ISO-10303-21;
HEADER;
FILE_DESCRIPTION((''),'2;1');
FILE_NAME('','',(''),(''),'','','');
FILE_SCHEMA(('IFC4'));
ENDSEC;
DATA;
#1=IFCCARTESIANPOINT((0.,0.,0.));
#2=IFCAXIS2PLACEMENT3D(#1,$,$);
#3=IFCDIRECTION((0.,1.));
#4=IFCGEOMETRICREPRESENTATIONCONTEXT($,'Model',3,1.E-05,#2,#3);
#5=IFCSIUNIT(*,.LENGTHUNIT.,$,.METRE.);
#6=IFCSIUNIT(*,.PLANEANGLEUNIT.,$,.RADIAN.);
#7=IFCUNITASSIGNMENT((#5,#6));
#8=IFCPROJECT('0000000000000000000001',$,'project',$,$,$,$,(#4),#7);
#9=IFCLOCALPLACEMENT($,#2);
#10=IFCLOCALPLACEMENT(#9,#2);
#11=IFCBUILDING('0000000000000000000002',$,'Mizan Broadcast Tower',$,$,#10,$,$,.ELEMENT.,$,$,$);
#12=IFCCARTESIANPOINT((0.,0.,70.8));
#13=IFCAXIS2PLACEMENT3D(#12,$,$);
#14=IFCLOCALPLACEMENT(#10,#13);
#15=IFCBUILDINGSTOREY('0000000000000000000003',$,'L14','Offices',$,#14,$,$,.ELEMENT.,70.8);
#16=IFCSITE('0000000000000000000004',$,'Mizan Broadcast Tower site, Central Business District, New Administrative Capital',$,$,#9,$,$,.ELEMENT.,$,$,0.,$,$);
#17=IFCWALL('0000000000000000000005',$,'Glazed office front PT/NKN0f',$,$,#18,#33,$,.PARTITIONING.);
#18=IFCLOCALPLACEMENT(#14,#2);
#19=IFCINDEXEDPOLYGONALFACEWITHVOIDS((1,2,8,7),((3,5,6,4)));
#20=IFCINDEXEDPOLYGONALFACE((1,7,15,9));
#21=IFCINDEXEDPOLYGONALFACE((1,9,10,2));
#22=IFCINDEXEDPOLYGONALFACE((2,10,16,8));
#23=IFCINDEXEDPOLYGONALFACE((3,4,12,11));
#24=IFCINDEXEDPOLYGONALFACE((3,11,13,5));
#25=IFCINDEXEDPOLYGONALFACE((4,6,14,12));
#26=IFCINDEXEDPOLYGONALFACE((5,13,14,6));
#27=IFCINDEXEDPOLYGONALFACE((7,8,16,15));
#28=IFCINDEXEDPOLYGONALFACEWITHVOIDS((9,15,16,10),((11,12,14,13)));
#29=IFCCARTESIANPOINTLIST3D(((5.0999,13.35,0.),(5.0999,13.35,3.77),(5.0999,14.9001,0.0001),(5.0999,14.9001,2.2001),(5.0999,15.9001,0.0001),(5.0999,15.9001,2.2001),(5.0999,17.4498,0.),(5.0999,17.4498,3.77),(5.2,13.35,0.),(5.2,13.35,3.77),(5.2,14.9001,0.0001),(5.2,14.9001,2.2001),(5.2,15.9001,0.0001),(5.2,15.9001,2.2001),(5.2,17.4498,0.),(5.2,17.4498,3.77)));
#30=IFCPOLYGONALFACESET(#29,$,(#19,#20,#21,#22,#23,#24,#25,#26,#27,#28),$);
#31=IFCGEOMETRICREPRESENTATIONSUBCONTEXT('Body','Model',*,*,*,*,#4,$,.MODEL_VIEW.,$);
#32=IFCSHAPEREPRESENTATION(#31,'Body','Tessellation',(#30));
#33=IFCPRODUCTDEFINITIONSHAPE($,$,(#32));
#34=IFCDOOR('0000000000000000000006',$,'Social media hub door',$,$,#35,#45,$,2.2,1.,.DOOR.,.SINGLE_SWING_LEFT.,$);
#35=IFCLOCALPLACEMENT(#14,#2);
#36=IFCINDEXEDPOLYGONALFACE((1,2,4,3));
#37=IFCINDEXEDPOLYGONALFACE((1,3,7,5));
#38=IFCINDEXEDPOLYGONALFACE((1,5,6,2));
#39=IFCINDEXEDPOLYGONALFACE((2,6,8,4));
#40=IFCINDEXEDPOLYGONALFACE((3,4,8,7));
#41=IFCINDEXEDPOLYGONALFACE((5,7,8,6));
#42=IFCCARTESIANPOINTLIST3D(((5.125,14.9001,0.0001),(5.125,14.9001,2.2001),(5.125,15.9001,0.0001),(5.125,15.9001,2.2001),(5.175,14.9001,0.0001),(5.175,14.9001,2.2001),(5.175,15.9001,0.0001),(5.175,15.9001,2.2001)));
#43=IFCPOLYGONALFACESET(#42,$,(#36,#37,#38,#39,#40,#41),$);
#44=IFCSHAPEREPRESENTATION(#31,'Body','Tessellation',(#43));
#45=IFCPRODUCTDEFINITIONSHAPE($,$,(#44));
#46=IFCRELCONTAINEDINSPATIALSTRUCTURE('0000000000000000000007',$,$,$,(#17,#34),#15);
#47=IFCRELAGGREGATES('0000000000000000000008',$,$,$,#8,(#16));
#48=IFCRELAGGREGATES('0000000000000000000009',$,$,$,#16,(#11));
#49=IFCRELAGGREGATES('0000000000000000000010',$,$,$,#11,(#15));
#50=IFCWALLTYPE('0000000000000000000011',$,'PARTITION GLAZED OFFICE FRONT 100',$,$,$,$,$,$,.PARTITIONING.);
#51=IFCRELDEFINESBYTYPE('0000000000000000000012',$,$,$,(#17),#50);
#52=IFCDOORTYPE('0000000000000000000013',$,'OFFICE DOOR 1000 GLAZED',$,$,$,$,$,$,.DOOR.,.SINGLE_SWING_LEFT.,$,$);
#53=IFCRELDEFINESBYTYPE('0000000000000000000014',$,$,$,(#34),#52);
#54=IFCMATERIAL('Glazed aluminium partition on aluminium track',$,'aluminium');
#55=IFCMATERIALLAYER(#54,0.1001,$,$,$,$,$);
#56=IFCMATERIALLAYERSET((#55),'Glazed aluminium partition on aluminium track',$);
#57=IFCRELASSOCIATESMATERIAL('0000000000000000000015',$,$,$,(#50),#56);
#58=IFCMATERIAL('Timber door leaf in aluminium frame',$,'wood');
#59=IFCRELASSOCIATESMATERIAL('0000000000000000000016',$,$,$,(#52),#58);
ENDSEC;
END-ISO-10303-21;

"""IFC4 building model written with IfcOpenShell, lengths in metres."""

from ifc_helpers import new_model, si_unit, direction, frame, frame_2d, origin, place, context, subcontext, project, spatial, rectangle, extrude, material, layer, layer_set, type_object, element, fill, save


model = new_model("IFC4")

# Units and contexts
model_context = context("Model", 3, precision=1e-05, world=origin(), true_north=direction((0.0, 1.0)))
body_context = subcontext(model_context, "Body", "Model", "MODEL_VIEW")
ifc_project = project(units=[si_unit("LENGTHUNIT", "METRE"), si_unit("PLANEANGLEUNIT", "RADIAN")], contexts=[model_context])

# Site, building, storey
site_placement = place(None, origin())
site = spatial("IfcSite", under=ifc_project, at=site_placement, Name="Mizan Broadcast Tower site, Central Business District, New Administrative Capital", CompositionType="ELEMENT", RefElevation=0.0)
building_placement = place(site_placement, origin())
building = spatial("IfcBuilding", under=site, at=building_placement, Name="Mizan Broadcast Tower", CompositionType="ELEMENT")
storey_placement = place(building_placement, frame((0.0, 0.0, 70.8)))
storey = spatial("IfcBuildingStorey", under=building, at=storey_placement, Name="L14", Description="Offices", CompositionType="ELEMENT", Elevation=70.8)

# Shared definitions
ifc_material_1 = material(Name="Glazed aluminium partition on aluminium track", Category="aluminium")
ifc_layer_1 = layer(ifc_material_1, 0.1001)
ifc_layer_set_1 = layer_set([ifc_layer_1], Name="Glazed aluminium partition on aluminium track")
wall_type_1 = type_object("IfcWallType", Name="PARTITION GLAZED OFFICE FRONT 100", PredefinedType="PARTITIONING", material=ifc_layer_set_1)

# Wall, opening, door
wall_1_placement = place(storey_placement, frame((5.1499, 13.3501, 0.0), z_axis=(0.0, 0.0, 1.0), x_axis=(0.0, 1.0, 0.0)))
wall_1 = element("IfcWall", 1, at=wall_1_placement, inside=storey, type_object=wall_type_1, Name="Glazed office front PT/NKN0f", PredefinedType="PARTITIONING", context=body_context, shape_type="SweptSolid", body=[
    extrude(rectangle(XDim=4.0999, YDim=0.1001, at=frame_2d((2.0498, 0.0))), origin(), (0.0, 0.0, 1.0), 3.77),
])
opening_placement = place(wall_1_placement, frame((1.55, 0.0, 0.0)))
opening = element("IfcOpeningElement", 2, at=opening_placement, cuts=wall_1, PredefinedType="OPENING", context=body_context, shape_type="SweptSolid", body=[
    extrude(rectangle(XDim=1.0, YDim=2.2, at=frame_2d((0.5, 1.1001))), frame((0.0, 0.0601, 0.0), z_axis=(0.0, -1.0, 0.0), x_axis=(1.0, 0.0, 0.0)), (0.0, 0.0, 1.0), 0.1201),
])
ifc_material_2 = material(Name="Timber door leaf in aluminium frame", Category="wood")
door_type = type_object("IfcDoorType", Name="OFFICE DOOR 1000 GLAZED", OperationType="SINGLE_SWING_LEFT", PredefinedType="DOOR", material=ifc_material_2)
door_placement = place(opening_placement, origin())
door = element("IfcDoor", 3, at=door_placement, inside=storey, type_object=door_type, Name="Social media hub door", OperationType="SINGLE_SWING_LEFT", OverallHeight=2.2, OverallWidth=1.0, PredefinedType="DOOR", context=body_context, shape_type="SweptSolid", body=[
    extrude(rectangle(XDim=1.0, YDim=2.2, at=frame_2d((0.5, 1.1001))), frame((0.0, 0.0249, 0.0), z_axis=(0.0, -1.0, 0.0), x_axis=(1.0, 0.0, 0.0)), (0.0, 0.0, 1.0), 0.05),
])
fill(opening, door)

save(model, "model.ifc")
